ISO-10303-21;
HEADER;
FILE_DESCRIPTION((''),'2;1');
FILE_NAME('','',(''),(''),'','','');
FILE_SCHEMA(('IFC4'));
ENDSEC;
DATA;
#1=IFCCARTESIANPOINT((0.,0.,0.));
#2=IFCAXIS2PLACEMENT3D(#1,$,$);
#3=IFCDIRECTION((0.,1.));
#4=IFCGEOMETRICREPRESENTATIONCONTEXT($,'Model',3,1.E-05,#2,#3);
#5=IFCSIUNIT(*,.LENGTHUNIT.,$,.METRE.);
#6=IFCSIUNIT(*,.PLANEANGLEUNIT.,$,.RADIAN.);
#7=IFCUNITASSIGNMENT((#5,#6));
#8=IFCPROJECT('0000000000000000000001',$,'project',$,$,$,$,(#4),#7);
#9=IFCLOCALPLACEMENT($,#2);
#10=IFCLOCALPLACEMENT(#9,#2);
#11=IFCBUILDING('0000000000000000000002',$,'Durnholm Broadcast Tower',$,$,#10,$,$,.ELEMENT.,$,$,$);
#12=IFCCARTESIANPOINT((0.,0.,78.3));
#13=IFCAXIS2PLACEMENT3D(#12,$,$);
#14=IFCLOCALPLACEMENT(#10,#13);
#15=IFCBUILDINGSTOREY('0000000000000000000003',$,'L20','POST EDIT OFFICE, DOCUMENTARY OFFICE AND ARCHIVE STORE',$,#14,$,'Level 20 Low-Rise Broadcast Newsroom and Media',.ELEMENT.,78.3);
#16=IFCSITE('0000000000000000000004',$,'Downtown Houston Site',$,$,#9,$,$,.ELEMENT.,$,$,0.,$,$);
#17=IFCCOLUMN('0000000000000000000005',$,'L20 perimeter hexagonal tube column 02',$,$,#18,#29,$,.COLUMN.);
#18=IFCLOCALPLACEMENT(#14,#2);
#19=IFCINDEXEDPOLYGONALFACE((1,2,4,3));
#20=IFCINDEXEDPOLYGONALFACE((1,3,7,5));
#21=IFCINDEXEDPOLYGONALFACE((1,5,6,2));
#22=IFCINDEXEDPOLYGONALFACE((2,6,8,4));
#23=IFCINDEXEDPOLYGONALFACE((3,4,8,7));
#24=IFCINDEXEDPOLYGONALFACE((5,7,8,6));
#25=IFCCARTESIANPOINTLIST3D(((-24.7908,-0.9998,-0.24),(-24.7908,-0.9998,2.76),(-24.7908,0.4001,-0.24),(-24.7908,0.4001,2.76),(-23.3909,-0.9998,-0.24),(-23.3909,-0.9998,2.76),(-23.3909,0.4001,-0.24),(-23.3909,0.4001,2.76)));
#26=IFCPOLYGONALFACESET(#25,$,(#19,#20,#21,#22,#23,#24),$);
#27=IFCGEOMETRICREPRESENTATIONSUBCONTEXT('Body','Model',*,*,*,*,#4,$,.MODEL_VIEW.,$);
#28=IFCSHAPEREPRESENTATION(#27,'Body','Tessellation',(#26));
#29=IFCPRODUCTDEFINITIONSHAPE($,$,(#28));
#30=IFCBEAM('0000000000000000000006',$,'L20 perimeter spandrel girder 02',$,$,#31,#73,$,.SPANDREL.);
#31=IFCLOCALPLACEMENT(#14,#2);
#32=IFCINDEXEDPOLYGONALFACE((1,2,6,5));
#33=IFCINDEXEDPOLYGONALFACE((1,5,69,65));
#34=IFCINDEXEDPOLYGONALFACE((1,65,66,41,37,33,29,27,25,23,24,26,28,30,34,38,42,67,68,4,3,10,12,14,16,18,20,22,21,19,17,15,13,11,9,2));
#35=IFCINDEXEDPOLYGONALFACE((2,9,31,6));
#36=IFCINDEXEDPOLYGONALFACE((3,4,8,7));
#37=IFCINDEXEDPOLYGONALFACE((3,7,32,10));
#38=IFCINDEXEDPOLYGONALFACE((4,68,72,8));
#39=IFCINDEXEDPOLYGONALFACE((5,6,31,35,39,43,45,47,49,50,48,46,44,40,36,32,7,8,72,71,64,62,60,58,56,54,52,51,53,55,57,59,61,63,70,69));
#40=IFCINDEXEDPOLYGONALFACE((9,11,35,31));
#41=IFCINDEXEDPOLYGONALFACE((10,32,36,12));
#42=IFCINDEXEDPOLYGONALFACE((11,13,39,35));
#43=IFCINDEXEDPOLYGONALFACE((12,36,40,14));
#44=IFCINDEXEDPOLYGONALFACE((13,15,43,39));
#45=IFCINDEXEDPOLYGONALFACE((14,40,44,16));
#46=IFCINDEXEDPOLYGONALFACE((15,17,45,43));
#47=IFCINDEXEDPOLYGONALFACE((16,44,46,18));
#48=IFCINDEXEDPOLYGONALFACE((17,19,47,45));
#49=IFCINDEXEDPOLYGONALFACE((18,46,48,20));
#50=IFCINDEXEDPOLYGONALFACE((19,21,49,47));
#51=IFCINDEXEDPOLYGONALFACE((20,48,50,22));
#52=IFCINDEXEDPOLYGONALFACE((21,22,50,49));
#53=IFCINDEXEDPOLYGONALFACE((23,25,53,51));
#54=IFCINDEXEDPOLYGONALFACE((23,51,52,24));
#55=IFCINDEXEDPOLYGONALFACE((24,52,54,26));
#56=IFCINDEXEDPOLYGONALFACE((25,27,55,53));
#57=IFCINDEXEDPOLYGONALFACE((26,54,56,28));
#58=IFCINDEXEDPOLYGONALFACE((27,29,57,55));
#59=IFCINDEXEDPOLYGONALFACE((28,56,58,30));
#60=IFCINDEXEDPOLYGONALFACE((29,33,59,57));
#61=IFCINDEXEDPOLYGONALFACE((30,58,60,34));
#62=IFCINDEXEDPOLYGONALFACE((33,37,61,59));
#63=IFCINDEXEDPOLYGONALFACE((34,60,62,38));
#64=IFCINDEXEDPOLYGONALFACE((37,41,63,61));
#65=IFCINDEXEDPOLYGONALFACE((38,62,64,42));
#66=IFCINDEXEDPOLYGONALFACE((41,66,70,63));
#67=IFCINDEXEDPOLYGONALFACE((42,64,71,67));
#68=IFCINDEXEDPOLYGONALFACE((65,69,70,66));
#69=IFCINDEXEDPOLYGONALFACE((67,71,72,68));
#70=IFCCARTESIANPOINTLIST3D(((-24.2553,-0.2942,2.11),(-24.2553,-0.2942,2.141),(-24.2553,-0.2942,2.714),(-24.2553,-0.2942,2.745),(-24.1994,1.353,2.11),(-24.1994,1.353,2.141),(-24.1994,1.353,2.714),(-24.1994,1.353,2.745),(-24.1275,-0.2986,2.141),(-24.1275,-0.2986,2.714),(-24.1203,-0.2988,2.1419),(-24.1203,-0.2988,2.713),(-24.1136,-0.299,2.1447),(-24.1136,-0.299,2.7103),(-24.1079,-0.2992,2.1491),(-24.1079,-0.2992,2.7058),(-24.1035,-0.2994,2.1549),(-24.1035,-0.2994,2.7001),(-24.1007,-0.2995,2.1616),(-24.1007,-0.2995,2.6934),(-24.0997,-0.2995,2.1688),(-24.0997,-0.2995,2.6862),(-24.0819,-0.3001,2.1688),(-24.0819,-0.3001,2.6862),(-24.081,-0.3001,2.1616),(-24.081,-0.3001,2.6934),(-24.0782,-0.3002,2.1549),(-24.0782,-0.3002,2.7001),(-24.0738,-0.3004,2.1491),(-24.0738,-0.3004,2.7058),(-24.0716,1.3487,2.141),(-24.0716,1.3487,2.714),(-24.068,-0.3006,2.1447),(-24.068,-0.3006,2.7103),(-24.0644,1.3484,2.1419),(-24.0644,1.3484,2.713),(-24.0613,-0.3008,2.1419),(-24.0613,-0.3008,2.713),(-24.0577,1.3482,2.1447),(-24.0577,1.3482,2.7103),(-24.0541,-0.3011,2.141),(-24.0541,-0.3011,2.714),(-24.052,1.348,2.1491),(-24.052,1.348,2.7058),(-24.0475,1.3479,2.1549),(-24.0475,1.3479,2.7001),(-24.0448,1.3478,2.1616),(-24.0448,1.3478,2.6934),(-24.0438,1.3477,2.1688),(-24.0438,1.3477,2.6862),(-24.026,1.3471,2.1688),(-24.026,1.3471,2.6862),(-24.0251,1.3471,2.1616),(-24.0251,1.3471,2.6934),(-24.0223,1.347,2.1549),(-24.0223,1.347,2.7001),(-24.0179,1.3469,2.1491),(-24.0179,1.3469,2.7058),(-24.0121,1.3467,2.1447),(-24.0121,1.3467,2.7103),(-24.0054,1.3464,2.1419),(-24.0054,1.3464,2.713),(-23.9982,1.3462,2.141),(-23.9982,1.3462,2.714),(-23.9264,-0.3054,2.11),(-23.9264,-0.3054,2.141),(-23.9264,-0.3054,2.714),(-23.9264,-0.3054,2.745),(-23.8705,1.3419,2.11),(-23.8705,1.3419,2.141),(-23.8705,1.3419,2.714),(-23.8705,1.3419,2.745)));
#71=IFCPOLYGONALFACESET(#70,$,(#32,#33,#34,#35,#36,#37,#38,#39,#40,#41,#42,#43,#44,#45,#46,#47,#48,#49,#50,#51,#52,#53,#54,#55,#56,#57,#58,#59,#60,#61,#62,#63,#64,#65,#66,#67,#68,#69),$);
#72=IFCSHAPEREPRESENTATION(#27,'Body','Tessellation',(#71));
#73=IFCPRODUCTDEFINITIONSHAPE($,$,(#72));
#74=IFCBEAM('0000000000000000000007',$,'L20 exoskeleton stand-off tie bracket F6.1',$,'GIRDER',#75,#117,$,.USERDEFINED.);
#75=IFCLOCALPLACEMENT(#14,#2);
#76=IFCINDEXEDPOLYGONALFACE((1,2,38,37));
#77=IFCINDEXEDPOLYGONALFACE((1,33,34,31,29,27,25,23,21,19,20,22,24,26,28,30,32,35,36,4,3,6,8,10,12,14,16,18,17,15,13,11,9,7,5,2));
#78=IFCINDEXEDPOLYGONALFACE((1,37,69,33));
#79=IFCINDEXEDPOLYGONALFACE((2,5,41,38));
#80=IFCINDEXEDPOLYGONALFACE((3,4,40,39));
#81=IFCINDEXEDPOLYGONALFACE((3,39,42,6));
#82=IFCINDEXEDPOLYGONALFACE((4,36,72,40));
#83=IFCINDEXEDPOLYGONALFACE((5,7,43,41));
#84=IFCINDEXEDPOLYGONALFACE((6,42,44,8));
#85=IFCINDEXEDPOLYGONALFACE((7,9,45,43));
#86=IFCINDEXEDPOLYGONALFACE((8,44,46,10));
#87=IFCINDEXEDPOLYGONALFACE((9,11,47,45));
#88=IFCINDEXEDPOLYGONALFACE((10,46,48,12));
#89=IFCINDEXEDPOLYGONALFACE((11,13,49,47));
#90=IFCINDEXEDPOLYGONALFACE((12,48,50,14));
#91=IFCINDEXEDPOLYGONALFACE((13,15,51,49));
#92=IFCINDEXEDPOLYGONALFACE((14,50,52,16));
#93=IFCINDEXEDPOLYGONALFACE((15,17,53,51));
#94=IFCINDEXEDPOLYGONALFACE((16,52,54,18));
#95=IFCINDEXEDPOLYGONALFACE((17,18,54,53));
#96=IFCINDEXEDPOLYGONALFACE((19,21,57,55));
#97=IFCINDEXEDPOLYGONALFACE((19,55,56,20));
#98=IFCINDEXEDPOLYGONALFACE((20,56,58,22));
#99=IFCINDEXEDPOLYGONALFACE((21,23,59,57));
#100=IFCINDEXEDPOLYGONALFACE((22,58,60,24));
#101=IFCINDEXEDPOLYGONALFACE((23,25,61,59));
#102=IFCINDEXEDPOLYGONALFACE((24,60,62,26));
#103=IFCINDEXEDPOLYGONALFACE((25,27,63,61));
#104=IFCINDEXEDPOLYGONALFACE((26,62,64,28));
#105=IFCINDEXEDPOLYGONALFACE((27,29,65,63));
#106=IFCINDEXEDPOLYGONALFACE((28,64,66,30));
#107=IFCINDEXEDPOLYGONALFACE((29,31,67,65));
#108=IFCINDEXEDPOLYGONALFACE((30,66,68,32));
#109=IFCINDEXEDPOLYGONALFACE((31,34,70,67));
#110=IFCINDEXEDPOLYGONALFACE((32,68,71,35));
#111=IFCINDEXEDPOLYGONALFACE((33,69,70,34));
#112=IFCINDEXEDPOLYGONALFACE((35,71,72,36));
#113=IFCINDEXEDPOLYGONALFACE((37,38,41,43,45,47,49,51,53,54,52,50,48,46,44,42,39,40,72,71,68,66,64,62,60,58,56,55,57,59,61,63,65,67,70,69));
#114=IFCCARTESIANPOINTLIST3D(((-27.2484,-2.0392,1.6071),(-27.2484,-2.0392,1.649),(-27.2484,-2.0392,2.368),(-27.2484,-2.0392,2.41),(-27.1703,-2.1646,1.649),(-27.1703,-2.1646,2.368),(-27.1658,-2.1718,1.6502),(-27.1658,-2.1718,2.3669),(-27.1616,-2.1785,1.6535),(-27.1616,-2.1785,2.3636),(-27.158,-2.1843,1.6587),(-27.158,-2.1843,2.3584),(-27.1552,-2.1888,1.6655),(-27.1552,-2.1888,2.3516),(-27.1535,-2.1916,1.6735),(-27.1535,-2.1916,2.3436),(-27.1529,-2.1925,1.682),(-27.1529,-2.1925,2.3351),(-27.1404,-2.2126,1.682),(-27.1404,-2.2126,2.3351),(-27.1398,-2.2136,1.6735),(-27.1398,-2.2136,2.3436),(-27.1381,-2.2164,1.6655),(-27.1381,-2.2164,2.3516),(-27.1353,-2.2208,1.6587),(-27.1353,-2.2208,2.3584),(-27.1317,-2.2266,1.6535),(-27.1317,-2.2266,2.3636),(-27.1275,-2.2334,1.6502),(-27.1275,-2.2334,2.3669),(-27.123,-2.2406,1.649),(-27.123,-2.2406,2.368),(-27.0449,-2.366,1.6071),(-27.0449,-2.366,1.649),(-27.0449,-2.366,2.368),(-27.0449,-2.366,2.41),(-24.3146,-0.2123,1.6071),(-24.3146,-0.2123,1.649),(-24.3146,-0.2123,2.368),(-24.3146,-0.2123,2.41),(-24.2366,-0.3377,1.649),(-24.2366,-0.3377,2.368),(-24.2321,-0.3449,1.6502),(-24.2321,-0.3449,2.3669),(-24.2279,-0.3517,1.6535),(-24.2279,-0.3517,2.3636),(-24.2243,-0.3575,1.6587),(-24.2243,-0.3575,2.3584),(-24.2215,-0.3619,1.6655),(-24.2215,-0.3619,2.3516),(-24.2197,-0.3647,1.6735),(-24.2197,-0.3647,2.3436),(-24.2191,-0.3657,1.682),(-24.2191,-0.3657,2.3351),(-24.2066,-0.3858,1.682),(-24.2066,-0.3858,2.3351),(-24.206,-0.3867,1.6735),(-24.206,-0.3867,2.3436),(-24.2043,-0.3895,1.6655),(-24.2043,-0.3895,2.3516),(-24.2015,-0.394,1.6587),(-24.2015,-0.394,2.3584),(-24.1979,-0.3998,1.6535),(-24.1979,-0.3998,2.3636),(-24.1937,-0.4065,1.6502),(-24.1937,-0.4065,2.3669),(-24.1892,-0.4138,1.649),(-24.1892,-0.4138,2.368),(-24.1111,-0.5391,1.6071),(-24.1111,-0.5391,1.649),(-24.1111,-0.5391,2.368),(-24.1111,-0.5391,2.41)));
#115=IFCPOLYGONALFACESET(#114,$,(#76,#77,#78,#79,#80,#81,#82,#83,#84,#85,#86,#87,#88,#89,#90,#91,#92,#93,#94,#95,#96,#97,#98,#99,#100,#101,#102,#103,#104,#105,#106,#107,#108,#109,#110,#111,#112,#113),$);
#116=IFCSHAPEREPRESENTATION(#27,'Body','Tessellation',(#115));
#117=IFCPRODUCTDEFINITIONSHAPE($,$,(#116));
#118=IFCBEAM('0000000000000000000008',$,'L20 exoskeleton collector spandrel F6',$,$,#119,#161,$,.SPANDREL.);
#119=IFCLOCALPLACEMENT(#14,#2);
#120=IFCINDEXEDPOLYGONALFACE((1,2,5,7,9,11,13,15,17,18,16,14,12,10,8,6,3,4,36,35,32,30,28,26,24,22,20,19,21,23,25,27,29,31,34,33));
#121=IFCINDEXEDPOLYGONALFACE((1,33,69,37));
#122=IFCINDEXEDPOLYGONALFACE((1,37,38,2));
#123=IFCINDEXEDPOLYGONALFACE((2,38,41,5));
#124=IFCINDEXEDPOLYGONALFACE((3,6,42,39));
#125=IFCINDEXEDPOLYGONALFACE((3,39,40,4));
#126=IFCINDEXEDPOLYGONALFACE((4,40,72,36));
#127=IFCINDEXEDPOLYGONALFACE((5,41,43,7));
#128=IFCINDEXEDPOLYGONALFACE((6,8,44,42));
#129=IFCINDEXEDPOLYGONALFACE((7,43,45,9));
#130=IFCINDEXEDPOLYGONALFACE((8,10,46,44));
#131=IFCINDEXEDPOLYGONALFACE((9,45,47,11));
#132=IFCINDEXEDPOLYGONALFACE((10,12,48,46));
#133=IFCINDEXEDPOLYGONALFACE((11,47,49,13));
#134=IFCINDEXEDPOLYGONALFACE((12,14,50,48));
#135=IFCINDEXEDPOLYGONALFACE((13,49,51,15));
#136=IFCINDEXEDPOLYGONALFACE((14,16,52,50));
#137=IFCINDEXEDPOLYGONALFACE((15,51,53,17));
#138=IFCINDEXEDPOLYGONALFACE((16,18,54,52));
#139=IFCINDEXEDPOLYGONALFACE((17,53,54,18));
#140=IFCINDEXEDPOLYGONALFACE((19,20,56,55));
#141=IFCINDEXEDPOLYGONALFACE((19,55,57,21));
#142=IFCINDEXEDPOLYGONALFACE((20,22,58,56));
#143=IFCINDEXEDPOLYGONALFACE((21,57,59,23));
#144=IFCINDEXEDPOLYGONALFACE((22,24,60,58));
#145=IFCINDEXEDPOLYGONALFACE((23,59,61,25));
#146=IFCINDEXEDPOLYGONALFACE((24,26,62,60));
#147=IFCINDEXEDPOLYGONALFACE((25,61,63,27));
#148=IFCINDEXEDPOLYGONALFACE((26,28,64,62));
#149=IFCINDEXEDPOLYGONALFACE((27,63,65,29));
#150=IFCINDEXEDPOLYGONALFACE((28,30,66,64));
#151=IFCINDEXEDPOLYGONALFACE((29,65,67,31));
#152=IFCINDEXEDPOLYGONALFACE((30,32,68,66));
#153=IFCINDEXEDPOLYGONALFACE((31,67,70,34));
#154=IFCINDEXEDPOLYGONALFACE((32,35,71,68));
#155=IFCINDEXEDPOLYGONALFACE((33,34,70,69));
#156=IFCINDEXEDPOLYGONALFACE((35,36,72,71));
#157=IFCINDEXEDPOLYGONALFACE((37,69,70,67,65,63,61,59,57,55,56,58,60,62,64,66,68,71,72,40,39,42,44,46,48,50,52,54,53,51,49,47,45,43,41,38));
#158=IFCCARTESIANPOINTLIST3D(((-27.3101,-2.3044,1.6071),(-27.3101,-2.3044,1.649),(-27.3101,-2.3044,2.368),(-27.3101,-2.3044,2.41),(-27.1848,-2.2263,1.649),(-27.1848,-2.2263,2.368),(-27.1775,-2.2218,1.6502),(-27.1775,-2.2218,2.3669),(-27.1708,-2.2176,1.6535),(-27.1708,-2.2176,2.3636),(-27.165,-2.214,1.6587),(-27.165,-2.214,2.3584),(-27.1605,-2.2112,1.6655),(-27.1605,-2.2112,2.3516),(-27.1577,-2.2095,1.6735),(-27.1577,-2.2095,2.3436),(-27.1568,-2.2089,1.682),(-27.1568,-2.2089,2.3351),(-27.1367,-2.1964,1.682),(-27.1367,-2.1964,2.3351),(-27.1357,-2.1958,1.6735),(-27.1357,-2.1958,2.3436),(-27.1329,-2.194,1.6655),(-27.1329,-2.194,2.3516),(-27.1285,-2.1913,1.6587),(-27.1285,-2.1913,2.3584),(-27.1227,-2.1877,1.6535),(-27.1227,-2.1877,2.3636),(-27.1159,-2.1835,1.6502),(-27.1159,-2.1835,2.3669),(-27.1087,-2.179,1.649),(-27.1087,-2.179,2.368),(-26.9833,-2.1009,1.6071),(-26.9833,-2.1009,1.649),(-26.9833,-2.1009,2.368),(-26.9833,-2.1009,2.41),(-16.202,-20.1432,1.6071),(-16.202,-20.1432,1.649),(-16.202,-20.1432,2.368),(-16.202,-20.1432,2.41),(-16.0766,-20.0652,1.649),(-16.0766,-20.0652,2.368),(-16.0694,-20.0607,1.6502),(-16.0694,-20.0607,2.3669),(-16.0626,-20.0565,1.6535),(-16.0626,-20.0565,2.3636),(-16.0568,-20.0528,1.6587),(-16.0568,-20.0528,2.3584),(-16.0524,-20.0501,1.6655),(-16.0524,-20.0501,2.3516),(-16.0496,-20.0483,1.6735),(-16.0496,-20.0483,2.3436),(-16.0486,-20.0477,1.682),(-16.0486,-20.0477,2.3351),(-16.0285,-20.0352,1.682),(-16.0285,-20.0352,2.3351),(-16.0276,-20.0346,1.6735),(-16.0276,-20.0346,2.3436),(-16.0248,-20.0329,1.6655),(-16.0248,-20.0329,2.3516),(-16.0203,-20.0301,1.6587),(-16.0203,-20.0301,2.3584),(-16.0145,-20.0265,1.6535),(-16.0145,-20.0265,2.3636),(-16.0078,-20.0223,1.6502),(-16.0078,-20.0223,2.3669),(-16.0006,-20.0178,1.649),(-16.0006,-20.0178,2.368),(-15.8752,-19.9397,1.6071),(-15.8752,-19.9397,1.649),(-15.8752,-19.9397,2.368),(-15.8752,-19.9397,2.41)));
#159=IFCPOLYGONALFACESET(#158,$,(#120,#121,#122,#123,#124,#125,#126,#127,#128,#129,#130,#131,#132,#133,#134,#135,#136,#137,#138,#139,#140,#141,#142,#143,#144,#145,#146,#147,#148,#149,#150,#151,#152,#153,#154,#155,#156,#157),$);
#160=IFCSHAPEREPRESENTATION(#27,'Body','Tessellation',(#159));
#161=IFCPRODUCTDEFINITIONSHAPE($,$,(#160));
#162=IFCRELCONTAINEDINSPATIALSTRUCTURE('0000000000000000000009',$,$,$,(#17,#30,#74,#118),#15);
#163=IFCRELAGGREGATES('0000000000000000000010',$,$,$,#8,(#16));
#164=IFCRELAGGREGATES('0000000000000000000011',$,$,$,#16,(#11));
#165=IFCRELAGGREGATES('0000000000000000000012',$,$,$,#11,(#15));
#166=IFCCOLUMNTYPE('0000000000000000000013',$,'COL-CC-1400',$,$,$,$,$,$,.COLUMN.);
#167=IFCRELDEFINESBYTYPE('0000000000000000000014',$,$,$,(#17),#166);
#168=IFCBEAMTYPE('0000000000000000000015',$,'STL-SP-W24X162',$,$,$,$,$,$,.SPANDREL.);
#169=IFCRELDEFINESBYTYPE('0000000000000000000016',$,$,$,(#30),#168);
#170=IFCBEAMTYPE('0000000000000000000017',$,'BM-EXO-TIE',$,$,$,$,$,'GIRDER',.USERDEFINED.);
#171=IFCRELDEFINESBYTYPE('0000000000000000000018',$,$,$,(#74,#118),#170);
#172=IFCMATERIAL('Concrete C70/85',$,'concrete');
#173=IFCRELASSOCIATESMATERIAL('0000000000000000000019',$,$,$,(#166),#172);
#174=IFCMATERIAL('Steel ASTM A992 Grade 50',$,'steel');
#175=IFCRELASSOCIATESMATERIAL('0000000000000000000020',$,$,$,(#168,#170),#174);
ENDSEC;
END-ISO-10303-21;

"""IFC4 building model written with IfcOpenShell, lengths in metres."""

from ifc_helpers import new_model, si_unit, direction, frame, origin, origin_2d, place, context, subcontext, project, spatial, rectangle, i_section, extrude, source, transform, mapped, material, material_profile, profile_set, type_object, type_shapes, element, save


model = new_model("IFC4")

# Units and contexts
model_context = context("Model", 3, precision=1e-05, world=origin(), true_north=direction((0.0, 1.0)))
body_context = subcontext(model_context, "Body", "Model", "MODEL_VIEW")
ifc_project = project(units=[si_unit("LENGTHUNIT", "METRE"), si_unit("PLANEANGLEUNIT", "RADIAN")], contexts=[model_context])

# Site, building, storey
site_placement = place(None, origin())
site = spatial("IfcSite", under=ifc_project, at=site_placement, Name="Downtown Houston Site", CompositionType="ELEMENT", RefElevation=0.0)
building_placement = place(site_placement, origin())
building = spatial("IfcBuilding", under=site, at=building_placement, Name="Durnholm Broadcast Tower", CompositionType="ELEMENT")
storey_placement = place(building_placement, frame((0.0, 0.0, 78.3)))
storey = spatial("IfcBuildingStorey", under=building, at=storey_placement, Name="L20", Description="POST EDIT OFFICE, DOCUMENTARY OFFICE AND ARCHIVE STORE", LongName="Level 20 Low-Rise Broadcast Newsroom and Media", CompositionType="ELEMENT", Elevation=78.3)

# Column
ifc_material_1 = material(Name="Concrete C70/85", Category="concrete")
ifc_material_profile_1 = material_profile(ifc_material_1, rectangle(XDim=1.3999, YDim=1.3999, at=origin_2d()), Name="RC1400X1400")
ifc_profile_set_1 = profile_set([ifc_material_profile_1], Name="Concrete C70/85")
column_type = type_object("IfcColumnType", Name="COL-CC-1400", PredefinedType="COLUMN", material=ifc_profile_set_1)
shared_shape_1 = source(origin(), body_context, "Body", "SweptSolid", [
    extrude(rectangle(XDim=1.3999, YDim=1.3999, at=origin_2d()), origin(), (0.0, 0.0, 1.0), 3.0),
])
type_shapes(column_type, [shared_shape_1])
column_placement = place(storey_placement, frame((-24.0908, -0.2998, -0.24), z_axis=(0.0, 0.0, 1.0), x_axis=(1.0, 0.0, 0.0)))
element("IfcColumn", 1, at=column_placement, inside=storey, type_object=column_type, Name="L20 perimeter hexagonal tube column 02", PredefinedType="COLUMN", context=body_context, shape_type="MappedRepresentation", body=[
    mapped(shared_shape_1, transform((0.0, 0.0, 0.0), x_axis=(1.0, 0.0, 0.0), y_axis=(0.0, 1.0, 0.0), z_axis=(0.0, 0.0, 1.0), scale=1.0)),
])

# Beams
ifc_material_2 = material(Name="Steel ASTM A992 Grade 50", Category="steel")
ifc_material_profile_2 = material_profile(ifc_material_2, i_section(OverallWidth=0.3291, OverallDepth=0.635, WebThickness=0.0178, FlangeThickness=0.031, FilletRadius=0.0278, at=origin_2d()), Name="W24X162")
ifc_profile_set_2 = profile_set([ifc_material_profile_2], Name="Steel ASTM A992 Grade 50")
beam_type_1 = type_object("IfcBeamType", Name="STL-SP-W24X162", PredefinedType="SPANDREL", material=ifc_profile_set_2)
shared_shape_2 = source(origin(), body_context, "Body", "SweptSolid", [
    extrude(i_section(OverallWidth=0.3291, OverallDepth=0.635, WebThickness=0.0178, FlangeThickness=0.031, FilletRadius=0.0278, at=origin_2d()), origin(), (0.0, 0.0, 1.0), 1.6482),
])
type_shapes(beam_type_1, [shared_shape_2])
beam_1_placement = place(storey_placement, frame((-24.0908, -0.2998, 2.4275), z_axis=(0.033921, 0.999425, 0.0), x_axis=(-0.999425, 0.033921, 0.0)))
element("IfcBeam", 2, at=beam_1_placement, inside=storey, type_object=beam_type_1, Name="L20 perimeter spandrel girder 02", PredefinedType="SPANDREL", context=body_context, shape_type="MappedRepresentation", body=[
    mapped(shared_shape_2, transform((0.0, 0.0, 0.0), x_axis=(1.0, 0.0, 0.0), y_axis=(0.0, 1.0, 0.0), z_axis=(0.0, 0.0, 1.0), scale=1.0)),
])
ifc_material_profile_3 = material_profile(ifc_material_2, i_section(OverallWidth=0.385, OverallDepth=0.803, WebThickness=0.0237, FlangeThickness=0.042, FilletRadius=0.033, at=origin_2d()), Name="W30X261")
ifc_profile_set_3 = profile_set([ifc_material_profile_3], Name="Steel ASTM A992 Grade 50")
beam_type_2 = type_object("IfcBeamType", Name="BM-EXO-TIE", ElementType="GIRDER", PredefinedType="USERDEFINED", material=ifc_profile_set_3)
shared_shape_3 = source(origin(), body_context, "Body", "SweptSolid", [
    extrude(i_section(OverallWidth=0.385, OverallDepth=0.803, WebThickness=0.0237, FlangeThickness=0.042, FilletRadius=0.033, at=origin_2d()), origin(), (0.0, 0.0, 1.0), 3.4561),
])
beam_2_placement = place(storey_placement, frame((-24.2129, -0.3757, 2.0085), z_axis=(-0.848874, -0.528595, 0.0), x_axis=(0.528595, -0.848874, 0.0)))
element("IfcBeam", 3, at=beam_2_placement, inside=storey, type_object=beam_type_2, Name="L20 exoskeleton stand-off tie bracket F6.1", ObjectType="GIRDER", PredefinedType="USERDEFINED", context=body_context, shape_type="MappedRepresentation", body=[
    mapped(shared_shape_3, transform((0.0, 0.0, 0.0), x_axis=(1.0, 0.0, 0.0), y_axis=(0.0, 1.0, 0.0), z_axis=(0.0, 0.0, 1.0), scale=1.0)),
])
shared_shape_4 = source(origin(), body_context, "Body", "SweptSolid", [
    extrude(i_section(OverallWidth=0.385, OverallDepth=0.803, WebThickness=0.0237, FlangeThickness=0.042, FilletRadius=0.033, at=origin_2d()), origin(), (0.0, 0.0, 1.0), 21.0146),
])
type_shapes(beam_type_2, [shared_shape_3, shared_shape_4])
beam_3_placement = place(storey_placement, frame((-27.1467, -2.2026, 2.0085), z_axis=(0.528591, -0.848877, 0.0), x_axis=(0.848877, 0.528591, 0.0)))
element("IfcBeam", 4, at=beam_3_placement, inside=storey, type_object=beam_type_2, Name="L20 exoskeleton collector spandrel F6", PredefinedType="SPANDREL", context=body_context, shape_type="MappedRepresentation", body=[
    mapped(shared_shape_4, transform((0.0, 0.0, 0.0), x_axis=(1.0, 0.0, 0.0), y_axis=(0.0, 1.0, 0.0), z_axis=(0.0, 0.0, 1.0), scale=1.0)),
])

save(model, "model.ifc")
